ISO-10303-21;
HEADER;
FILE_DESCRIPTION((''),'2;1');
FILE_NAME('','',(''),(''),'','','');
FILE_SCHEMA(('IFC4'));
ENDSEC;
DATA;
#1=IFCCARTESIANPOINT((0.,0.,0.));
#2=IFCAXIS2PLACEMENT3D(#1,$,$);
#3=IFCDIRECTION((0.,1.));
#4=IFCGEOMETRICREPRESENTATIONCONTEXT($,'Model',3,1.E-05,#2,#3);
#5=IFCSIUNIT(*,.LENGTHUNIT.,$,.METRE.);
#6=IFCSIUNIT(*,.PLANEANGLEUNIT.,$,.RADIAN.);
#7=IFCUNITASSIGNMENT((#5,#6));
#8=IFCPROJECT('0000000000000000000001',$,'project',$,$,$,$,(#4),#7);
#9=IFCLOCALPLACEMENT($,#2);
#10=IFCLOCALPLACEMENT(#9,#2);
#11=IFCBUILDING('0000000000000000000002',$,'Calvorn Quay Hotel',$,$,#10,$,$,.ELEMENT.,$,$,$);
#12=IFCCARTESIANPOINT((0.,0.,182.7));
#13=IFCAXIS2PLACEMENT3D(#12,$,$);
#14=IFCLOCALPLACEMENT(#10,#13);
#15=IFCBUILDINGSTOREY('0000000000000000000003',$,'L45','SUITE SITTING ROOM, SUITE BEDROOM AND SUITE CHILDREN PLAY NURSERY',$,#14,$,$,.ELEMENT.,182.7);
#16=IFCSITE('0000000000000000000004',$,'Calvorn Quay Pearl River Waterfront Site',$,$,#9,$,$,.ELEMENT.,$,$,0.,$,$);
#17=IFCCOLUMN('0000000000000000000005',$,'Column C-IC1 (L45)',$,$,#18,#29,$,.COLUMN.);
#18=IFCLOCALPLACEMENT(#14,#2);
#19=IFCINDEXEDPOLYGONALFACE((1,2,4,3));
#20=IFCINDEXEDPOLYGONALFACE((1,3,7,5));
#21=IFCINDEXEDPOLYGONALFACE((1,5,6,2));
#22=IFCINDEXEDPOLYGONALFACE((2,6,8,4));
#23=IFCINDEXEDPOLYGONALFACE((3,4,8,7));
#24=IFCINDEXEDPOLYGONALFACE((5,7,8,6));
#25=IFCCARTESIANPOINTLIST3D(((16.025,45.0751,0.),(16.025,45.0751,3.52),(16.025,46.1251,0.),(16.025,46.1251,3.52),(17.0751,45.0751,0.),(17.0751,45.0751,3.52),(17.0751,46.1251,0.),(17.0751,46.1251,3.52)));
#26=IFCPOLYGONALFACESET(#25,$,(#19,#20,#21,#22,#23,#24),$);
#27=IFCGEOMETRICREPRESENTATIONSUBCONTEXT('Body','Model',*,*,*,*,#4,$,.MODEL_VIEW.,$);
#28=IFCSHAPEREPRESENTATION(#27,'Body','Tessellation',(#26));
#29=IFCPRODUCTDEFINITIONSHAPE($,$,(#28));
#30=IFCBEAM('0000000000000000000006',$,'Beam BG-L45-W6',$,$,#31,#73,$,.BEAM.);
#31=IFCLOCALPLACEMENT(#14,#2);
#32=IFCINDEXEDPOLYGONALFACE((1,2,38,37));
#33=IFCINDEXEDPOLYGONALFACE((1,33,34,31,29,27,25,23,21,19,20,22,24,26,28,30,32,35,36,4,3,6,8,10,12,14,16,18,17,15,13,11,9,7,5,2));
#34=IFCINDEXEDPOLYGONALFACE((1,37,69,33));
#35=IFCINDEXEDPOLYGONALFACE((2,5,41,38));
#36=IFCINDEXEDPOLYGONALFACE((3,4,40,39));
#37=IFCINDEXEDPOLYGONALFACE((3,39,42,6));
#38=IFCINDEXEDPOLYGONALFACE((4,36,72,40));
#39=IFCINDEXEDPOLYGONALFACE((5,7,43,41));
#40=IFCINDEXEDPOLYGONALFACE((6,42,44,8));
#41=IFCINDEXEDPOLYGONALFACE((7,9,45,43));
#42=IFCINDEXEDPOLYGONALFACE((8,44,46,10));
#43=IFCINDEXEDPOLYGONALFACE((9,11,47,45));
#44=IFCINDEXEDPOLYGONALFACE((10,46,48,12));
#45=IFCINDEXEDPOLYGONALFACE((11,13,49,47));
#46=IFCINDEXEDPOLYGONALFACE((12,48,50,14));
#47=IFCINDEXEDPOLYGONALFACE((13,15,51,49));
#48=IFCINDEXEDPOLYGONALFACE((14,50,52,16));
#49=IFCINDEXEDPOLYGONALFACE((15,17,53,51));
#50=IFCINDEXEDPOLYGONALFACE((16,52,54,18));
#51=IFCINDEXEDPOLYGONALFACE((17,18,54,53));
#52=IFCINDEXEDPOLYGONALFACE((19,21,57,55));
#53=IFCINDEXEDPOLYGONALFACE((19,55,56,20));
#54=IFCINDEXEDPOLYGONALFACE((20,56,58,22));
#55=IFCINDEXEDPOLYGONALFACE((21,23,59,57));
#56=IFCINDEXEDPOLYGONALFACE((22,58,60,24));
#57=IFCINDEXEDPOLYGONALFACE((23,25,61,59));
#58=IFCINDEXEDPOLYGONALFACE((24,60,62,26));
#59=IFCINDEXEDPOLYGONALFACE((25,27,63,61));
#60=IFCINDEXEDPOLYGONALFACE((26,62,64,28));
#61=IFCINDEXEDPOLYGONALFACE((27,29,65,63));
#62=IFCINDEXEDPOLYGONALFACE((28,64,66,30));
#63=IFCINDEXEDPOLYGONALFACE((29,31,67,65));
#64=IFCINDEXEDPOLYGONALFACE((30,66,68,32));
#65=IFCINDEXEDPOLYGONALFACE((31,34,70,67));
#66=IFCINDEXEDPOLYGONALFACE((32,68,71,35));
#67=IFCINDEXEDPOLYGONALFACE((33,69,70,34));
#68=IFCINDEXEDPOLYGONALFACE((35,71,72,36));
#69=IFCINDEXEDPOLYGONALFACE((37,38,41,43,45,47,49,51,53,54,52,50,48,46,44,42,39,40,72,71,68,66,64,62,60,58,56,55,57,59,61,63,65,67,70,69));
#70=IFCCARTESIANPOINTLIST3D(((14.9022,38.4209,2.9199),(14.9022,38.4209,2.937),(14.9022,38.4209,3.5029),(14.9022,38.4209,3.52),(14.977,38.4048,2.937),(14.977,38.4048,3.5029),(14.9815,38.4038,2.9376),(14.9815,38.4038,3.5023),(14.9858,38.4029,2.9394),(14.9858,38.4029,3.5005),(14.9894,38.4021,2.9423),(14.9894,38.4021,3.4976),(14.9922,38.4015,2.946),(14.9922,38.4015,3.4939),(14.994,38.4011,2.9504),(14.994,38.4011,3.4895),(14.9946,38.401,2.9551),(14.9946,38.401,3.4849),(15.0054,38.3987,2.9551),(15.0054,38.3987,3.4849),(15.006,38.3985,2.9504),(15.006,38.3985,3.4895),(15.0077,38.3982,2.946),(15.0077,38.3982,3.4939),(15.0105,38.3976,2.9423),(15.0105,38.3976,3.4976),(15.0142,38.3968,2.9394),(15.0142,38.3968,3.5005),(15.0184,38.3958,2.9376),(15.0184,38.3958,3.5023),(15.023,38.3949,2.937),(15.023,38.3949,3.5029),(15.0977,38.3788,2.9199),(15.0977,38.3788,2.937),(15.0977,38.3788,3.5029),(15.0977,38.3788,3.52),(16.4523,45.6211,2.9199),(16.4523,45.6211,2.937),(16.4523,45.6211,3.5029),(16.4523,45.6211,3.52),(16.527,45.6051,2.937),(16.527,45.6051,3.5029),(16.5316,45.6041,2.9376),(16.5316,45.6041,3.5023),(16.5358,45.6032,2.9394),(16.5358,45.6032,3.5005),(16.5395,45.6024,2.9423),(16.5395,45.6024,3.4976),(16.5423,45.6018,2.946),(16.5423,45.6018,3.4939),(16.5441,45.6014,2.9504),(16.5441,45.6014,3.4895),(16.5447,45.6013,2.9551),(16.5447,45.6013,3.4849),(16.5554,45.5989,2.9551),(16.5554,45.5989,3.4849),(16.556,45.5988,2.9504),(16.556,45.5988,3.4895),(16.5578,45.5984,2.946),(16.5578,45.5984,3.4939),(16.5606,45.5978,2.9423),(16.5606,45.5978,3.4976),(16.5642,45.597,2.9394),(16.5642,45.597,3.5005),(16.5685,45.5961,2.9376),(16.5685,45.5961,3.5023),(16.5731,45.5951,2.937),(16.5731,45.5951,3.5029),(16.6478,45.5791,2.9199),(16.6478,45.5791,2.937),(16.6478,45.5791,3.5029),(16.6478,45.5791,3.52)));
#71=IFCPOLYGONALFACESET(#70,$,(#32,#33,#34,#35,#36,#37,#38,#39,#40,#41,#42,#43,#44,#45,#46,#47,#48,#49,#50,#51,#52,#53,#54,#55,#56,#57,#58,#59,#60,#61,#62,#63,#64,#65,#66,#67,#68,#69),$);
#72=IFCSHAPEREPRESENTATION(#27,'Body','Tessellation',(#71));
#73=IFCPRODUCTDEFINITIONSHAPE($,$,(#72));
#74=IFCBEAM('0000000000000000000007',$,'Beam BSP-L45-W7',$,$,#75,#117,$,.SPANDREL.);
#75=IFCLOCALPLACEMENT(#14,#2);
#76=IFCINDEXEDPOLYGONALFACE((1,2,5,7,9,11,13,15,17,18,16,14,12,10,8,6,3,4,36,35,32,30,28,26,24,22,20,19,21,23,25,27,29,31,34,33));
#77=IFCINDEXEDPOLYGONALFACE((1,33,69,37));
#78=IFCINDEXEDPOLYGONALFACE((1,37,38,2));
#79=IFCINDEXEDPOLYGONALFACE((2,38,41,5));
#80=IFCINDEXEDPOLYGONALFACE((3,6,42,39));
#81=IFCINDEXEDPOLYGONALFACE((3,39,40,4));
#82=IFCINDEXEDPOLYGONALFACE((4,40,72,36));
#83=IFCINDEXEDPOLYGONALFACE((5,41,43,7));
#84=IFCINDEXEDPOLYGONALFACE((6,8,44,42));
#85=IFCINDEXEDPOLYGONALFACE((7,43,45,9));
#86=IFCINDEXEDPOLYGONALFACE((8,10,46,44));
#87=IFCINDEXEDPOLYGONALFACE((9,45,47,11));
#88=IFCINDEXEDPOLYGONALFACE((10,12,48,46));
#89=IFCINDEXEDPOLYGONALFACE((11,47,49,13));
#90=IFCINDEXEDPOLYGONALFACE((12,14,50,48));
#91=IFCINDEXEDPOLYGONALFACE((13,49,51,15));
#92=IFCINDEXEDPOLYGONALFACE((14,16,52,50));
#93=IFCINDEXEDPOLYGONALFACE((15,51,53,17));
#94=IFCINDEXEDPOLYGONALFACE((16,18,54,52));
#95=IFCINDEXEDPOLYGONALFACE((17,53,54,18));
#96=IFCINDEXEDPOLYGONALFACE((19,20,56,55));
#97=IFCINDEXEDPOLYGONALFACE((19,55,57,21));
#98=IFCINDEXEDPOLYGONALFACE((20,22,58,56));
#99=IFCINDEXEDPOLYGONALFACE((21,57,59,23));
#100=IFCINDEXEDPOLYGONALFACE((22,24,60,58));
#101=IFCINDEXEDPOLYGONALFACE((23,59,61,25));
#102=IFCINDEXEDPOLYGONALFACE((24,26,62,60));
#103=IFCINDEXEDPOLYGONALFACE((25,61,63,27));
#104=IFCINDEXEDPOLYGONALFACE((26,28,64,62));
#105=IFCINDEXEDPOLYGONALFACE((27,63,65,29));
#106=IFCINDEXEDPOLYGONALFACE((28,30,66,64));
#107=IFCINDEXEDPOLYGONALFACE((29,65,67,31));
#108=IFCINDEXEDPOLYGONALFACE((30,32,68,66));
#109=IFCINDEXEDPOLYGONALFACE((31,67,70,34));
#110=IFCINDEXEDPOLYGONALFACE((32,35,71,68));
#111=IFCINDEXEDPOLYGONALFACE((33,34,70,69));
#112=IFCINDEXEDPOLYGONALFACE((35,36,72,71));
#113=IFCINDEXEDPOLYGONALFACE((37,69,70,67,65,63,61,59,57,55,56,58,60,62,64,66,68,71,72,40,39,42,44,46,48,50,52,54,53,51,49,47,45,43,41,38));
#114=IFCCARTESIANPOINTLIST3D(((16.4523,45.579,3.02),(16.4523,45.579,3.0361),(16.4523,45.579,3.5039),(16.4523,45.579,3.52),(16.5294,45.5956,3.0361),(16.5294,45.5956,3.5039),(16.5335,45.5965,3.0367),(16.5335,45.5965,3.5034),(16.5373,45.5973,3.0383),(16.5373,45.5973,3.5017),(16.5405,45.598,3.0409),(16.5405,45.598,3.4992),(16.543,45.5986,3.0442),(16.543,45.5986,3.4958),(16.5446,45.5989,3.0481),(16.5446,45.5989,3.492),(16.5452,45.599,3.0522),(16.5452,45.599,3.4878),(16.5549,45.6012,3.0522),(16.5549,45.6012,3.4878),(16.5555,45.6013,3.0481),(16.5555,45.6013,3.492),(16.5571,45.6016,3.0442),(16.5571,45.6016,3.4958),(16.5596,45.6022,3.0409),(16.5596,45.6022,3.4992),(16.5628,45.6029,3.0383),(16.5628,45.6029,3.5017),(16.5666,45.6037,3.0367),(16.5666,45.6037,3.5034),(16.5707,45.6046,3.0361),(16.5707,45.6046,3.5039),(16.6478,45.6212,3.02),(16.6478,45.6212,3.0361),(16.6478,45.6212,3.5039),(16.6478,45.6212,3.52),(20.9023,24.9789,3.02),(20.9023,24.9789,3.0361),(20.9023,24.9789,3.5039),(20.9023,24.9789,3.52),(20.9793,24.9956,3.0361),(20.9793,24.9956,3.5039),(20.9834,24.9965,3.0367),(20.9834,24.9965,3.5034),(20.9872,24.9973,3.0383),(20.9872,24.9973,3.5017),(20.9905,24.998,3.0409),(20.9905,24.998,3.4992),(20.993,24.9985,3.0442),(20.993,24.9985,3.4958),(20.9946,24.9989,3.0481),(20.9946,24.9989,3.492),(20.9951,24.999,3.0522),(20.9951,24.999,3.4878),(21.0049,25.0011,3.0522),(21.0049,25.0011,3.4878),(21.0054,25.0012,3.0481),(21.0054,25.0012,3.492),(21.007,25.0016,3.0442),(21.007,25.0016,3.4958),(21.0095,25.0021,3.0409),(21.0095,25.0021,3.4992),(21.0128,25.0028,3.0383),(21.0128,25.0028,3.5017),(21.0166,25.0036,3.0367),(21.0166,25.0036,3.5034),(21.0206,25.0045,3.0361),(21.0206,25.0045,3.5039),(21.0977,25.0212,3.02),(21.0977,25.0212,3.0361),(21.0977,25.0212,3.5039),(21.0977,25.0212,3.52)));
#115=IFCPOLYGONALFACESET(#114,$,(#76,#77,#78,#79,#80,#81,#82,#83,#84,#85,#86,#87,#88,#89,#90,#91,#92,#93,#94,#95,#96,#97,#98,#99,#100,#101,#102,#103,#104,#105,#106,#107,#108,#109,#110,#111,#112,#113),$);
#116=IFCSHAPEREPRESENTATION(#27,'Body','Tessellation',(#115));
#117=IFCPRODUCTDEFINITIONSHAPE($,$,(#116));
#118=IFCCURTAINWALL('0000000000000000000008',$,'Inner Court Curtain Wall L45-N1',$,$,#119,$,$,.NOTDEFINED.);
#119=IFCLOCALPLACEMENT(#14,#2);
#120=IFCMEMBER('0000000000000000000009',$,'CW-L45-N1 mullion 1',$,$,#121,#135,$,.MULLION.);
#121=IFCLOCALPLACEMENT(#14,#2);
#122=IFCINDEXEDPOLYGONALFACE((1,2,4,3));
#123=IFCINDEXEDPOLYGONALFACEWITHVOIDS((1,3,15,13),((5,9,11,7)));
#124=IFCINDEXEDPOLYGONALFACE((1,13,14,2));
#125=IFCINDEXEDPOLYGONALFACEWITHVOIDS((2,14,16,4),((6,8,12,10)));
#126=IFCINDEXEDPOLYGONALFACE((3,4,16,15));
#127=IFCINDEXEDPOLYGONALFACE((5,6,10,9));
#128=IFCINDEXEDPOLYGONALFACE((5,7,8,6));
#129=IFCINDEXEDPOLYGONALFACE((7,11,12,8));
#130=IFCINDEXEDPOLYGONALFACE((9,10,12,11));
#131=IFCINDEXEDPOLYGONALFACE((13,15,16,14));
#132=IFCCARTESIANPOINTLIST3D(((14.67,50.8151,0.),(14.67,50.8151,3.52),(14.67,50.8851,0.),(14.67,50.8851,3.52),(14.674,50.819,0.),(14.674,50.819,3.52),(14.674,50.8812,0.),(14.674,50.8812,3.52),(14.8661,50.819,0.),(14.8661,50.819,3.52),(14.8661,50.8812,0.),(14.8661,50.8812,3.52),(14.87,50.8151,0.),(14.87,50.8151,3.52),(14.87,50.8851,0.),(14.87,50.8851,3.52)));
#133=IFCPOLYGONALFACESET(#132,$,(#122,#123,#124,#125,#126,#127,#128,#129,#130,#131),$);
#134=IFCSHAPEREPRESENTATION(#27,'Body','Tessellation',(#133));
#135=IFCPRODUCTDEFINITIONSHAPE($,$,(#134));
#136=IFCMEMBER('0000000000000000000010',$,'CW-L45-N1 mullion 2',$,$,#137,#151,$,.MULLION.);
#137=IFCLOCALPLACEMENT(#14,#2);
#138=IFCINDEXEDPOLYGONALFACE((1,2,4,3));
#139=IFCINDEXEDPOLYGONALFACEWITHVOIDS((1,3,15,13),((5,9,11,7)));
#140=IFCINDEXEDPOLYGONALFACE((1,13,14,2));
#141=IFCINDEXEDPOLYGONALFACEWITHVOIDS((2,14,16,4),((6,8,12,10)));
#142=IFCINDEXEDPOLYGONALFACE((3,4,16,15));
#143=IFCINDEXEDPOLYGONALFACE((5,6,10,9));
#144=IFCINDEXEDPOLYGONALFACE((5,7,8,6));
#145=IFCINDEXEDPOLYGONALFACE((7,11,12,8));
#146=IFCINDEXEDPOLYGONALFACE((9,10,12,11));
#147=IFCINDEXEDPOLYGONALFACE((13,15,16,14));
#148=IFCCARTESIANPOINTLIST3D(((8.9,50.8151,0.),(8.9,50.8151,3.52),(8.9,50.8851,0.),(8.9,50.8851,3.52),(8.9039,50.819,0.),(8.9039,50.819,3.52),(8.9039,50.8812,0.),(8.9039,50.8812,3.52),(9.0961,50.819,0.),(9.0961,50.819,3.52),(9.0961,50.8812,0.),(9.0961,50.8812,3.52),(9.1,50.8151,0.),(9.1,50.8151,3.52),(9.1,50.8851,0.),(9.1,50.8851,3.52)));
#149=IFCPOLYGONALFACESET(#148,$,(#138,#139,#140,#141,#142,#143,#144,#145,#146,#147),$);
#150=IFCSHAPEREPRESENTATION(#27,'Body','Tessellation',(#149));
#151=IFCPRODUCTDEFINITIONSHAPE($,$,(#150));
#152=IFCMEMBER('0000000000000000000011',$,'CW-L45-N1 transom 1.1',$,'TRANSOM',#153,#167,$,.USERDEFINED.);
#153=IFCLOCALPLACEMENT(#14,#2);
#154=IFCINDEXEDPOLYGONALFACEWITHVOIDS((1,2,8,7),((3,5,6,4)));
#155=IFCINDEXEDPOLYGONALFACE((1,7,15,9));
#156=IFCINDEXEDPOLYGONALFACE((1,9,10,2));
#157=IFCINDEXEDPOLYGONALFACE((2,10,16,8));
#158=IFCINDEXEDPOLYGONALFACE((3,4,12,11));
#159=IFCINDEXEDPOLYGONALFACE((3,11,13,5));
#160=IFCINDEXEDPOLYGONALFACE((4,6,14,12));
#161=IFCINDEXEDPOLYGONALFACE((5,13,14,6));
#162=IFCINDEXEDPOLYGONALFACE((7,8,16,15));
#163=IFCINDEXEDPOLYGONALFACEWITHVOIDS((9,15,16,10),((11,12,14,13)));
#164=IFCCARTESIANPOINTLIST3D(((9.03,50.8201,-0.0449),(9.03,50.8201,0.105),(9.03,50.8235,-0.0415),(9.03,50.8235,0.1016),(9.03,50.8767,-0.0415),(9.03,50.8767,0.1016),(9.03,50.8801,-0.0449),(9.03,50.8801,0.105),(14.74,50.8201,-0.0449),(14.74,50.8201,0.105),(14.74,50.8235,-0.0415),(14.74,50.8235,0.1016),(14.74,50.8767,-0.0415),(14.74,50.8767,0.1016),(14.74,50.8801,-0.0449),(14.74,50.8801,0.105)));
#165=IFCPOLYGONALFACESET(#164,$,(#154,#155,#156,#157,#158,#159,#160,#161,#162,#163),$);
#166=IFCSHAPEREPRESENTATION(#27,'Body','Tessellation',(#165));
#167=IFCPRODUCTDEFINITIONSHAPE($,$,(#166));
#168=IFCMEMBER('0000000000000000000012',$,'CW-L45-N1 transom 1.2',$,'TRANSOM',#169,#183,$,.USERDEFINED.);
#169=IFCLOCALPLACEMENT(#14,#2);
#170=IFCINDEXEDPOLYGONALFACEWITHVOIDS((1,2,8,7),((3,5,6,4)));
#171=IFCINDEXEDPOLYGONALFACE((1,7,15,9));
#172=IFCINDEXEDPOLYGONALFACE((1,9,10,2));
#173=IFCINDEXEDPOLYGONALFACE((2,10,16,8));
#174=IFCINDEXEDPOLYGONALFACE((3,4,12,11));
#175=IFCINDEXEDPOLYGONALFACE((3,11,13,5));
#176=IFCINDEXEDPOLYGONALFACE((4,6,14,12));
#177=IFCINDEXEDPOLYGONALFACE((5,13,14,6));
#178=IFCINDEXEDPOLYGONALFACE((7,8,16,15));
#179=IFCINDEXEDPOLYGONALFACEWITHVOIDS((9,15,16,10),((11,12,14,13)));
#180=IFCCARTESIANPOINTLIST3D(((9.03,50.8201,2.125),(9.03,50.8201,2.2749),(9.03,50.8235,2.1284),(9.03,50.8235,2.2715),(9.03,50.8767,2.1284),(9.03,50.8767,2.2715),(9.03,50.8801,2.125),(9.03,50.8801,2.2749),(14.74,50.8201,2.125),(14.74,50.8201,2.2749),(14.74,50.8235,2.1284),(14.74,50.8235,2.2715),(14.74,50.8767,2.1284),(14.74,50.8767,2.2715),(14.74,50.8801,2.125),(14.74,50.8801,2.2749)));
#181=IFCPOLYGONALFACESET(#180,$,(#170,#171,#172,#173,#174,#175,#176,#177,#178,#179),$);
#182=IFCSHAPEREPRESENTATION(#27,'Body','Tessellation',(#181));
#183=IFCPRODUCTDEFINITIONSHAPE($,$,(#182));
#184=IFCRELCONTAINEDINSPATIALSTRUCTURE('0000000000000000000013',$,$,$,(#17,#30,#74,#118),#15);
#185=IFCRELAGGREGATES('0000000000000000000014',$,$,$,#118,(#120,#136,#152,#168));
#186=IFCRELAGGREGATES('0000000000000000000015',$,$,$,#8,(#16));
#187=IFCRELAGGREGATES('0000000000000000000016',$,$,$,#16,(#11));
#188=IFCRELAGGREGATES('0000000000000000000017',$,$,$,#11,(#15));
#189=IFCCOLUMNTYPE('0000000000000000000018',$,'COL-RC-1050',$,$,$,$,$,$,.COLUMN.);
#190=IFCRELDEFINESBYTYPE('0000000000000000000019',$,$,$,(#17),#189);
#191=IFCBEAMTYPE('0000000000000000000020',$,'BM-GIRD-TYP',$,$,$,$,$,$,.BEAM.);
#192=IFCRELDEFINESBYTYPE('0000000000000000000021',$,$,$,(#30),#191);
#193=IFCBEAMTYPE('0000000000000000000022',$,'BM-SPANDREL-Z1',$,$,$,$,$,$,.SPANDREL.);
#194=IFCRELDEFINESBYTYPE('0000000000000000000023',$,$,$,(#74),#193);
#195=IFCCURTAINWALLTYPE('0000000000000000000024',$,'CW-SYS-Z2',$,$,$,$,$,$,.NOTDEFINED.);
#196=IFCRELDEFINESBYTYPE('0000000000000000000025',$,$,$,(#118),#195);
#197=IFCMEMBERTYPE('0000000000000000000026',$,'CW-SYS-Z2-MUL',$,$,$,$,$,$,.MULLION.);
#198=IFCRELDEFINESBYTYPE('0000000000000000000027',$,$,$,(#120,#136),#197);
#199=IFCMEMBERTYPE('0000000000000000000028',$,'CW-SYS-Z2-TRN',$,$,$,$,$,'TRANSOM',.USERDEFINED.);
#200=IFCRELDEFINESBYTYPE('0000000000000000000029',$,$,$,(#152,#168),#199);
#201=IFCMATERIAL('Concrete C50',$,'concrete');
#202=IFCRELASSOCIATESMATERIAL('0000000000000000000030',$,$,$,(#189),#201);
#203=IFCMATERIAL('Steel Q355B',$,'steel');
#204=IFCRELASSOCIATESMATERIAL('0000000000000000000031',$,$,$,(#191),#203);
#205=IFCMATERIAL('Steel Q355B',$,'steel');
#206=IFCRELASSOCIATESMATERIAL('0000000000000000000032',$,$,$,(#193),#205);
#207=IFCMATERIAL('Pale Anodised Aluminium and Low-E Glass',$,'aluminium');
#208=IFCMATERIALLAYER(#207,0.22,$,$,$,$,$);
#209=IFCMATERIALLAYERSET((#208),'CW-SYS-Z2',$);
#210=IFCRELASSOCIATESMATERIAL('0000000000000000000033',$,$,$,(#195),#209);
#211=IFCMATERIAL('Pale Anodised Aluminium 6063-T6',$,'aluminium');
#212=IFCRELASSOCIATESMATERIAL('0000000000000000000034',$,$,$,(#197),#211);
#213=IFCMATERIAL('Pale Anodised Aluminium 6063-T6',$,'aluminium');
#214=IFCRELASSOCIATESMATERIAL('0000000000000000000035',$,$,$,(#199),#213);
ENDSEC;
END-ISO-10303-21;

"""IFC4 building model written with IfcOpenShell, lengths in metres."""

from ifc_helpers import new_model, si_unit, direction, frame, origin, origin_2d, place, context, subcontext, project, spatial, rectangle, hollow_rectangle, i_section, extrude, material, layer, layer_set, material_profile, profile_set, type_object, element, aggregate, save


model = new_model("IFC4")

# Units and contexts
model_context = context("Model", 3, precision=1e-05, world=origin(), true_north=direction((0.0, 1.0)))
body_context = subcontext(model_context, "Body", "Model", "MODEL_VIEW")
ifc_project = project(units=[si_unit("LENGTHUNIT", "METRE"), si_unit("PLANEANGLEUNIT", "RADIAN")], contexts=[model_context])

# Site, building, storey
site_placement = place(None, origin())
site = spatial("IfcSite", under=ifc_project, at=site_placement, Name="Calvorn Quay Pearl River Waterfront Site", CompositionType="ELEMENT", RefElevation=0.0)
building_placement = place(site_placement, origin())
building = spatial("IfcBuilding", under=site, at=building_placement, Name="Calvorn Quay Hotel", CompositionType="ELEMENT")
storey_placement = place(building_placement, frame((0.0, 0.0, 182.7)))
storey = spatial("IfcBuildingStorey", under=building, at=storey_placement, Name="L45", Description="SUITE SITTING ROOM, SUITE BEDROOM AND SUITE CHILDREN PLAY NURSERY", CompositionType="ELEMENT", Elevation=182.7)

# Column
ifc_material_1 = material(Name="Concrete C50", Category="concrete")
ifc_material_profile_1 = material_profile(ifc_material_1, rectangle(XDim=1.05, YDim=1.05, at=origin_2d()), Name="RC1050x1050")
ifc_profile_set_1 = profile_set([ifc_material_profile_1], Name="Concrete C50")
column_type = type_object("IfcColumnType", Name="COL-RC-1050", PredefinedType="COLUMN", material=ifc_profile_set_1)
column_placement = place(storey_placement, frame((16.55, 45.6001, 0.0), z_axis=(0.0, 0.0, 1.0), x_axis=(1.0, 0.0, 0.0)))
element("IfcColumn", 1, at=column_placement, inside=storey, type_object=column_type, Name="Column C-IC1 (L45)", PredefinedType="COLUMN", context=body_context, shape_type="SweptSolid", body=[
    extrude(rectangle(XDim=1.05, YDim=1.05, at=origin_2d()), origin(), (0.0, 0.0, 1.0), 3.52),
])

# Beams
ifc_material_2 = material(Name="Steel Q355B", Category="steel")
ifc_material_profile_2 = material_profile(ifc_material_2, i_section(OverallWidth=0.2, OverallDepth=0.6001, WebThickness=0.011, FlangeThickness=0.0171, FilletRadius=0.0181, at=origin_2d()), Name="HN600x200x11x17")
ifc_profile_set_2 = profile_set([ifc_material_profile_2], Name="Steel Q355B")
beam_type_1 = type_object("IfcBeamType", Name="BM-GIRD-TYP", PredefinedType="BEAM", material=ifc_profile_set_2)
beam_1_placement = place(storey_placement, frame((16.55, 45.6001, 3.22), z_axis=(-0.210457, -0.977603, 0.0), x_axis=(0.977603, -0.210457, 0.0)))
element("IfcBeam", 2, at=beam_1_placement, inside=storey, type_object=beam_type_1, Name="Beam BG-L45-W6", PredefinedType="BEAM", context=body_context, shape_type="SweptSolid", body=[
    extrude(i_section(OverallWidth=0.2, OverallDepth=0.6001, WebThickness=0.011, FlangeThickness=0.0171, FilletRadius=0.0181, at=origin_2d()), origin(), (0.0, 0.0, 1.0), 7.3652),
])
ifc_material_3 = material(Name="Steel Q355B", Category="steel")
ifc_material_profile_3 = material_profile(ifc_material_3, i_section(OverallWidth=0.2, OverallDepth=0.5, WebThickness=0.01, FlangeThickness=0.0161, FilletRadius=0.0161, at=origin_2d()), Name="HN500x200x10x16")
ifc_profile_set_3 = profile_set([ifc_material_profile_3], Name="Steel Q355B")
beam_type_2 = type_object("IfcBeamType", Name="BM-SPANDREL-Z1", PredefinedType="SPANDREL", material=ifc_profile_set_3)
beam_2_placement = place(storey_placement, frame((16.55, 45.6001, 3.27), z_axis=(0.211146, -0.977455, 0.0), x_axis=(0.977455, 0.211146, 0.0)))
element("IfcBeam", 3, at=beam_2_placement, inside=storey, type_object=beam_type_2, Name="Beam BSP-L45-W7", PredefinedType="SPANDREL", context=body_context, shape_type="SweptSolid", body=[
    extrude(i_section(OverallWidth=0.2, OverallDepth=0.5, WebThickness=0.01, FlangeThickness=0.0161, FilletRadius=0.0161, at=origin_2d()), origin(), (0.0, 0.0, 1.0), 21.0752),
])

# Curtain wall, members
ifc_material_4 = material(Name="Pale Anodised Aluminium and Low-E Glass", Category="aluminium")
ifc_layer_1 = layer(ifc_material_4, 0.22)
ifc_layer_set_1 = layer_set([ifc_layer_1], Name="CW-SYS-Z2")
curtain_wall_type = type_object("IfcCurtainWallType", Name="CW-SYS-Z2", PredefinedType="NOTDEFINED", material=ifc_layer_set_1)
curtain_wall_placement = place(storey_placement, origin())
curtain_wall = element("IfcCurtainWall", 4, at=curtain_wall_placement, inside=storey, type_object=curtain_wall_type, Name="Inner Court Curtain Wall L45-N1", PredefinedType="NOTDEFINED")
ifc_material_5 = material(Name="Pale Anodised Aluminium 6063-T6", Category="aluminium")
ifc_material_profile_4 = material_profile(ifc_material_5, hollow_rectangle(XDim=0.0701, YDim=0.2, WallThickness=0.0039, at=origin_2d()), Name="ALU-M200x70x4")
ifc_profile_set_4 = profile_set([ifc_material_profile_4], Name="Pale Anodised Aluminium 6063-T6")
member_type_1 = type_object("IfcMemberType", Name="CW-SYS-Z2-MUL", PredefinedType="MULLION", material=ifc_profile_set_4)
member_1_placement = place(storey_placement, frame((14.77, 50.8501, 0.0), z_axis=(0.0, 0.0, 1.0), x_axis=(0.0, -1.0, 0.0)))
member_1 = element("IfcMember", 5, at=member_1_placement, type_object=member_type_1, Name="CW-L45-N1 mullion 1", PredefinedType="MULLION", context=body_context, shape_type="SweptSolid", body=[
    extrude(hollow_rectangle(XDim=0.0701, YDim=0.2, WallThickness=0.0039, at=origin_2d()), origin(), (0.0, 0.0, 1.0), 3.52),
])
member_2_placement = place(storey_placement, frame((9.0, 50.8501, 0.0), z_axis=(0.0, 0.0, 1.0), x_axis=(0.0, -1.0, 0.0)))
member_2 = element("IfcMember", 6, at=member_2_placement, type_object=member_type_1, Name="CW-L45-N1 mullion 2", PredefinedType="MULLION", context=body_context, shape_type="SweptSolid", body=[
    extrude(hollow_rectangle(XDim=0.0701, YDim=0.2, WallThickness=0.0039, at=origin_2d()), origin(), (0.0, 0.0, 1.0), 3.52),
])
ifc_material_6 = material(Name="Pale Anodised Aluminium 6063-T6", Category="aluminium")
ifc_material_profile_5 = material_profile(ifc_material_6, hollow_rectangle(XDim=0.0601, YDim=0.1499, WallThickness=0.0034, at=origin_2d()), Name="ALU-T150x60x3.5")
ifc_profile_set_5 = profile_set([ifc_material_profile_5], Name="Pale Anodised Aluminium 6063-T6")
member_type_2 = type_object("IfcMemberType", Name="CW-SYS-Z2-TRN", ElementType="TRANSOM", PredefinedType="USERDEFINED", material=ifc_profile_set_5)
member_3_placement = place(storey_placement, frame((14.74, 50.8501, 0.03), z_axis=(-1.0, 0.0, 0.0), x_axis=(0.0, -1.0, 0.0)))
member_3 = element("IfcMember", 7, at=member_3_placement, type_object=member_type_2, Name="CW-L45-N1 transom 1.1", ObjectType="TRANSOM", PredefinedType="USERDEFINED", context=body_context, shape_type="SweptSolid", body=[
    extrude(hollow_rectangle(XDim=0.0601, YDim=0.1499, WallThickness=0.0034, at=origin_2d()), origin(), (0.0, 0.0, 1.0), 5.71),
])
member_4_placement = place(storey_placement, frame((14.74, 50.8501, 2.2), z_axis=(-1.0, 0.0, 0.0), x_axis=(0.0, -1.0, 0.0)))
member_4 = element("IfcMember", 8, at=member_4_placement, type_object=member_type_2, Name="CW-L45-N1 transom 1.2", ObjectType="TRANSOM", PredefinedType="USERDEFINED", context=body_context, shape_type="SweptSolid", body=[
    extrude(hollow_rectangle(XDim=0.0601, YDim=0.1499, WallThickness=0.0034, at=origin_2d()), origin(), (0.0, 0.0, 1.0), 5.71),
])
aggregate(curtain_wall, [member_1, member_2, member_3, member_4])

save(model, "model.ifc")
